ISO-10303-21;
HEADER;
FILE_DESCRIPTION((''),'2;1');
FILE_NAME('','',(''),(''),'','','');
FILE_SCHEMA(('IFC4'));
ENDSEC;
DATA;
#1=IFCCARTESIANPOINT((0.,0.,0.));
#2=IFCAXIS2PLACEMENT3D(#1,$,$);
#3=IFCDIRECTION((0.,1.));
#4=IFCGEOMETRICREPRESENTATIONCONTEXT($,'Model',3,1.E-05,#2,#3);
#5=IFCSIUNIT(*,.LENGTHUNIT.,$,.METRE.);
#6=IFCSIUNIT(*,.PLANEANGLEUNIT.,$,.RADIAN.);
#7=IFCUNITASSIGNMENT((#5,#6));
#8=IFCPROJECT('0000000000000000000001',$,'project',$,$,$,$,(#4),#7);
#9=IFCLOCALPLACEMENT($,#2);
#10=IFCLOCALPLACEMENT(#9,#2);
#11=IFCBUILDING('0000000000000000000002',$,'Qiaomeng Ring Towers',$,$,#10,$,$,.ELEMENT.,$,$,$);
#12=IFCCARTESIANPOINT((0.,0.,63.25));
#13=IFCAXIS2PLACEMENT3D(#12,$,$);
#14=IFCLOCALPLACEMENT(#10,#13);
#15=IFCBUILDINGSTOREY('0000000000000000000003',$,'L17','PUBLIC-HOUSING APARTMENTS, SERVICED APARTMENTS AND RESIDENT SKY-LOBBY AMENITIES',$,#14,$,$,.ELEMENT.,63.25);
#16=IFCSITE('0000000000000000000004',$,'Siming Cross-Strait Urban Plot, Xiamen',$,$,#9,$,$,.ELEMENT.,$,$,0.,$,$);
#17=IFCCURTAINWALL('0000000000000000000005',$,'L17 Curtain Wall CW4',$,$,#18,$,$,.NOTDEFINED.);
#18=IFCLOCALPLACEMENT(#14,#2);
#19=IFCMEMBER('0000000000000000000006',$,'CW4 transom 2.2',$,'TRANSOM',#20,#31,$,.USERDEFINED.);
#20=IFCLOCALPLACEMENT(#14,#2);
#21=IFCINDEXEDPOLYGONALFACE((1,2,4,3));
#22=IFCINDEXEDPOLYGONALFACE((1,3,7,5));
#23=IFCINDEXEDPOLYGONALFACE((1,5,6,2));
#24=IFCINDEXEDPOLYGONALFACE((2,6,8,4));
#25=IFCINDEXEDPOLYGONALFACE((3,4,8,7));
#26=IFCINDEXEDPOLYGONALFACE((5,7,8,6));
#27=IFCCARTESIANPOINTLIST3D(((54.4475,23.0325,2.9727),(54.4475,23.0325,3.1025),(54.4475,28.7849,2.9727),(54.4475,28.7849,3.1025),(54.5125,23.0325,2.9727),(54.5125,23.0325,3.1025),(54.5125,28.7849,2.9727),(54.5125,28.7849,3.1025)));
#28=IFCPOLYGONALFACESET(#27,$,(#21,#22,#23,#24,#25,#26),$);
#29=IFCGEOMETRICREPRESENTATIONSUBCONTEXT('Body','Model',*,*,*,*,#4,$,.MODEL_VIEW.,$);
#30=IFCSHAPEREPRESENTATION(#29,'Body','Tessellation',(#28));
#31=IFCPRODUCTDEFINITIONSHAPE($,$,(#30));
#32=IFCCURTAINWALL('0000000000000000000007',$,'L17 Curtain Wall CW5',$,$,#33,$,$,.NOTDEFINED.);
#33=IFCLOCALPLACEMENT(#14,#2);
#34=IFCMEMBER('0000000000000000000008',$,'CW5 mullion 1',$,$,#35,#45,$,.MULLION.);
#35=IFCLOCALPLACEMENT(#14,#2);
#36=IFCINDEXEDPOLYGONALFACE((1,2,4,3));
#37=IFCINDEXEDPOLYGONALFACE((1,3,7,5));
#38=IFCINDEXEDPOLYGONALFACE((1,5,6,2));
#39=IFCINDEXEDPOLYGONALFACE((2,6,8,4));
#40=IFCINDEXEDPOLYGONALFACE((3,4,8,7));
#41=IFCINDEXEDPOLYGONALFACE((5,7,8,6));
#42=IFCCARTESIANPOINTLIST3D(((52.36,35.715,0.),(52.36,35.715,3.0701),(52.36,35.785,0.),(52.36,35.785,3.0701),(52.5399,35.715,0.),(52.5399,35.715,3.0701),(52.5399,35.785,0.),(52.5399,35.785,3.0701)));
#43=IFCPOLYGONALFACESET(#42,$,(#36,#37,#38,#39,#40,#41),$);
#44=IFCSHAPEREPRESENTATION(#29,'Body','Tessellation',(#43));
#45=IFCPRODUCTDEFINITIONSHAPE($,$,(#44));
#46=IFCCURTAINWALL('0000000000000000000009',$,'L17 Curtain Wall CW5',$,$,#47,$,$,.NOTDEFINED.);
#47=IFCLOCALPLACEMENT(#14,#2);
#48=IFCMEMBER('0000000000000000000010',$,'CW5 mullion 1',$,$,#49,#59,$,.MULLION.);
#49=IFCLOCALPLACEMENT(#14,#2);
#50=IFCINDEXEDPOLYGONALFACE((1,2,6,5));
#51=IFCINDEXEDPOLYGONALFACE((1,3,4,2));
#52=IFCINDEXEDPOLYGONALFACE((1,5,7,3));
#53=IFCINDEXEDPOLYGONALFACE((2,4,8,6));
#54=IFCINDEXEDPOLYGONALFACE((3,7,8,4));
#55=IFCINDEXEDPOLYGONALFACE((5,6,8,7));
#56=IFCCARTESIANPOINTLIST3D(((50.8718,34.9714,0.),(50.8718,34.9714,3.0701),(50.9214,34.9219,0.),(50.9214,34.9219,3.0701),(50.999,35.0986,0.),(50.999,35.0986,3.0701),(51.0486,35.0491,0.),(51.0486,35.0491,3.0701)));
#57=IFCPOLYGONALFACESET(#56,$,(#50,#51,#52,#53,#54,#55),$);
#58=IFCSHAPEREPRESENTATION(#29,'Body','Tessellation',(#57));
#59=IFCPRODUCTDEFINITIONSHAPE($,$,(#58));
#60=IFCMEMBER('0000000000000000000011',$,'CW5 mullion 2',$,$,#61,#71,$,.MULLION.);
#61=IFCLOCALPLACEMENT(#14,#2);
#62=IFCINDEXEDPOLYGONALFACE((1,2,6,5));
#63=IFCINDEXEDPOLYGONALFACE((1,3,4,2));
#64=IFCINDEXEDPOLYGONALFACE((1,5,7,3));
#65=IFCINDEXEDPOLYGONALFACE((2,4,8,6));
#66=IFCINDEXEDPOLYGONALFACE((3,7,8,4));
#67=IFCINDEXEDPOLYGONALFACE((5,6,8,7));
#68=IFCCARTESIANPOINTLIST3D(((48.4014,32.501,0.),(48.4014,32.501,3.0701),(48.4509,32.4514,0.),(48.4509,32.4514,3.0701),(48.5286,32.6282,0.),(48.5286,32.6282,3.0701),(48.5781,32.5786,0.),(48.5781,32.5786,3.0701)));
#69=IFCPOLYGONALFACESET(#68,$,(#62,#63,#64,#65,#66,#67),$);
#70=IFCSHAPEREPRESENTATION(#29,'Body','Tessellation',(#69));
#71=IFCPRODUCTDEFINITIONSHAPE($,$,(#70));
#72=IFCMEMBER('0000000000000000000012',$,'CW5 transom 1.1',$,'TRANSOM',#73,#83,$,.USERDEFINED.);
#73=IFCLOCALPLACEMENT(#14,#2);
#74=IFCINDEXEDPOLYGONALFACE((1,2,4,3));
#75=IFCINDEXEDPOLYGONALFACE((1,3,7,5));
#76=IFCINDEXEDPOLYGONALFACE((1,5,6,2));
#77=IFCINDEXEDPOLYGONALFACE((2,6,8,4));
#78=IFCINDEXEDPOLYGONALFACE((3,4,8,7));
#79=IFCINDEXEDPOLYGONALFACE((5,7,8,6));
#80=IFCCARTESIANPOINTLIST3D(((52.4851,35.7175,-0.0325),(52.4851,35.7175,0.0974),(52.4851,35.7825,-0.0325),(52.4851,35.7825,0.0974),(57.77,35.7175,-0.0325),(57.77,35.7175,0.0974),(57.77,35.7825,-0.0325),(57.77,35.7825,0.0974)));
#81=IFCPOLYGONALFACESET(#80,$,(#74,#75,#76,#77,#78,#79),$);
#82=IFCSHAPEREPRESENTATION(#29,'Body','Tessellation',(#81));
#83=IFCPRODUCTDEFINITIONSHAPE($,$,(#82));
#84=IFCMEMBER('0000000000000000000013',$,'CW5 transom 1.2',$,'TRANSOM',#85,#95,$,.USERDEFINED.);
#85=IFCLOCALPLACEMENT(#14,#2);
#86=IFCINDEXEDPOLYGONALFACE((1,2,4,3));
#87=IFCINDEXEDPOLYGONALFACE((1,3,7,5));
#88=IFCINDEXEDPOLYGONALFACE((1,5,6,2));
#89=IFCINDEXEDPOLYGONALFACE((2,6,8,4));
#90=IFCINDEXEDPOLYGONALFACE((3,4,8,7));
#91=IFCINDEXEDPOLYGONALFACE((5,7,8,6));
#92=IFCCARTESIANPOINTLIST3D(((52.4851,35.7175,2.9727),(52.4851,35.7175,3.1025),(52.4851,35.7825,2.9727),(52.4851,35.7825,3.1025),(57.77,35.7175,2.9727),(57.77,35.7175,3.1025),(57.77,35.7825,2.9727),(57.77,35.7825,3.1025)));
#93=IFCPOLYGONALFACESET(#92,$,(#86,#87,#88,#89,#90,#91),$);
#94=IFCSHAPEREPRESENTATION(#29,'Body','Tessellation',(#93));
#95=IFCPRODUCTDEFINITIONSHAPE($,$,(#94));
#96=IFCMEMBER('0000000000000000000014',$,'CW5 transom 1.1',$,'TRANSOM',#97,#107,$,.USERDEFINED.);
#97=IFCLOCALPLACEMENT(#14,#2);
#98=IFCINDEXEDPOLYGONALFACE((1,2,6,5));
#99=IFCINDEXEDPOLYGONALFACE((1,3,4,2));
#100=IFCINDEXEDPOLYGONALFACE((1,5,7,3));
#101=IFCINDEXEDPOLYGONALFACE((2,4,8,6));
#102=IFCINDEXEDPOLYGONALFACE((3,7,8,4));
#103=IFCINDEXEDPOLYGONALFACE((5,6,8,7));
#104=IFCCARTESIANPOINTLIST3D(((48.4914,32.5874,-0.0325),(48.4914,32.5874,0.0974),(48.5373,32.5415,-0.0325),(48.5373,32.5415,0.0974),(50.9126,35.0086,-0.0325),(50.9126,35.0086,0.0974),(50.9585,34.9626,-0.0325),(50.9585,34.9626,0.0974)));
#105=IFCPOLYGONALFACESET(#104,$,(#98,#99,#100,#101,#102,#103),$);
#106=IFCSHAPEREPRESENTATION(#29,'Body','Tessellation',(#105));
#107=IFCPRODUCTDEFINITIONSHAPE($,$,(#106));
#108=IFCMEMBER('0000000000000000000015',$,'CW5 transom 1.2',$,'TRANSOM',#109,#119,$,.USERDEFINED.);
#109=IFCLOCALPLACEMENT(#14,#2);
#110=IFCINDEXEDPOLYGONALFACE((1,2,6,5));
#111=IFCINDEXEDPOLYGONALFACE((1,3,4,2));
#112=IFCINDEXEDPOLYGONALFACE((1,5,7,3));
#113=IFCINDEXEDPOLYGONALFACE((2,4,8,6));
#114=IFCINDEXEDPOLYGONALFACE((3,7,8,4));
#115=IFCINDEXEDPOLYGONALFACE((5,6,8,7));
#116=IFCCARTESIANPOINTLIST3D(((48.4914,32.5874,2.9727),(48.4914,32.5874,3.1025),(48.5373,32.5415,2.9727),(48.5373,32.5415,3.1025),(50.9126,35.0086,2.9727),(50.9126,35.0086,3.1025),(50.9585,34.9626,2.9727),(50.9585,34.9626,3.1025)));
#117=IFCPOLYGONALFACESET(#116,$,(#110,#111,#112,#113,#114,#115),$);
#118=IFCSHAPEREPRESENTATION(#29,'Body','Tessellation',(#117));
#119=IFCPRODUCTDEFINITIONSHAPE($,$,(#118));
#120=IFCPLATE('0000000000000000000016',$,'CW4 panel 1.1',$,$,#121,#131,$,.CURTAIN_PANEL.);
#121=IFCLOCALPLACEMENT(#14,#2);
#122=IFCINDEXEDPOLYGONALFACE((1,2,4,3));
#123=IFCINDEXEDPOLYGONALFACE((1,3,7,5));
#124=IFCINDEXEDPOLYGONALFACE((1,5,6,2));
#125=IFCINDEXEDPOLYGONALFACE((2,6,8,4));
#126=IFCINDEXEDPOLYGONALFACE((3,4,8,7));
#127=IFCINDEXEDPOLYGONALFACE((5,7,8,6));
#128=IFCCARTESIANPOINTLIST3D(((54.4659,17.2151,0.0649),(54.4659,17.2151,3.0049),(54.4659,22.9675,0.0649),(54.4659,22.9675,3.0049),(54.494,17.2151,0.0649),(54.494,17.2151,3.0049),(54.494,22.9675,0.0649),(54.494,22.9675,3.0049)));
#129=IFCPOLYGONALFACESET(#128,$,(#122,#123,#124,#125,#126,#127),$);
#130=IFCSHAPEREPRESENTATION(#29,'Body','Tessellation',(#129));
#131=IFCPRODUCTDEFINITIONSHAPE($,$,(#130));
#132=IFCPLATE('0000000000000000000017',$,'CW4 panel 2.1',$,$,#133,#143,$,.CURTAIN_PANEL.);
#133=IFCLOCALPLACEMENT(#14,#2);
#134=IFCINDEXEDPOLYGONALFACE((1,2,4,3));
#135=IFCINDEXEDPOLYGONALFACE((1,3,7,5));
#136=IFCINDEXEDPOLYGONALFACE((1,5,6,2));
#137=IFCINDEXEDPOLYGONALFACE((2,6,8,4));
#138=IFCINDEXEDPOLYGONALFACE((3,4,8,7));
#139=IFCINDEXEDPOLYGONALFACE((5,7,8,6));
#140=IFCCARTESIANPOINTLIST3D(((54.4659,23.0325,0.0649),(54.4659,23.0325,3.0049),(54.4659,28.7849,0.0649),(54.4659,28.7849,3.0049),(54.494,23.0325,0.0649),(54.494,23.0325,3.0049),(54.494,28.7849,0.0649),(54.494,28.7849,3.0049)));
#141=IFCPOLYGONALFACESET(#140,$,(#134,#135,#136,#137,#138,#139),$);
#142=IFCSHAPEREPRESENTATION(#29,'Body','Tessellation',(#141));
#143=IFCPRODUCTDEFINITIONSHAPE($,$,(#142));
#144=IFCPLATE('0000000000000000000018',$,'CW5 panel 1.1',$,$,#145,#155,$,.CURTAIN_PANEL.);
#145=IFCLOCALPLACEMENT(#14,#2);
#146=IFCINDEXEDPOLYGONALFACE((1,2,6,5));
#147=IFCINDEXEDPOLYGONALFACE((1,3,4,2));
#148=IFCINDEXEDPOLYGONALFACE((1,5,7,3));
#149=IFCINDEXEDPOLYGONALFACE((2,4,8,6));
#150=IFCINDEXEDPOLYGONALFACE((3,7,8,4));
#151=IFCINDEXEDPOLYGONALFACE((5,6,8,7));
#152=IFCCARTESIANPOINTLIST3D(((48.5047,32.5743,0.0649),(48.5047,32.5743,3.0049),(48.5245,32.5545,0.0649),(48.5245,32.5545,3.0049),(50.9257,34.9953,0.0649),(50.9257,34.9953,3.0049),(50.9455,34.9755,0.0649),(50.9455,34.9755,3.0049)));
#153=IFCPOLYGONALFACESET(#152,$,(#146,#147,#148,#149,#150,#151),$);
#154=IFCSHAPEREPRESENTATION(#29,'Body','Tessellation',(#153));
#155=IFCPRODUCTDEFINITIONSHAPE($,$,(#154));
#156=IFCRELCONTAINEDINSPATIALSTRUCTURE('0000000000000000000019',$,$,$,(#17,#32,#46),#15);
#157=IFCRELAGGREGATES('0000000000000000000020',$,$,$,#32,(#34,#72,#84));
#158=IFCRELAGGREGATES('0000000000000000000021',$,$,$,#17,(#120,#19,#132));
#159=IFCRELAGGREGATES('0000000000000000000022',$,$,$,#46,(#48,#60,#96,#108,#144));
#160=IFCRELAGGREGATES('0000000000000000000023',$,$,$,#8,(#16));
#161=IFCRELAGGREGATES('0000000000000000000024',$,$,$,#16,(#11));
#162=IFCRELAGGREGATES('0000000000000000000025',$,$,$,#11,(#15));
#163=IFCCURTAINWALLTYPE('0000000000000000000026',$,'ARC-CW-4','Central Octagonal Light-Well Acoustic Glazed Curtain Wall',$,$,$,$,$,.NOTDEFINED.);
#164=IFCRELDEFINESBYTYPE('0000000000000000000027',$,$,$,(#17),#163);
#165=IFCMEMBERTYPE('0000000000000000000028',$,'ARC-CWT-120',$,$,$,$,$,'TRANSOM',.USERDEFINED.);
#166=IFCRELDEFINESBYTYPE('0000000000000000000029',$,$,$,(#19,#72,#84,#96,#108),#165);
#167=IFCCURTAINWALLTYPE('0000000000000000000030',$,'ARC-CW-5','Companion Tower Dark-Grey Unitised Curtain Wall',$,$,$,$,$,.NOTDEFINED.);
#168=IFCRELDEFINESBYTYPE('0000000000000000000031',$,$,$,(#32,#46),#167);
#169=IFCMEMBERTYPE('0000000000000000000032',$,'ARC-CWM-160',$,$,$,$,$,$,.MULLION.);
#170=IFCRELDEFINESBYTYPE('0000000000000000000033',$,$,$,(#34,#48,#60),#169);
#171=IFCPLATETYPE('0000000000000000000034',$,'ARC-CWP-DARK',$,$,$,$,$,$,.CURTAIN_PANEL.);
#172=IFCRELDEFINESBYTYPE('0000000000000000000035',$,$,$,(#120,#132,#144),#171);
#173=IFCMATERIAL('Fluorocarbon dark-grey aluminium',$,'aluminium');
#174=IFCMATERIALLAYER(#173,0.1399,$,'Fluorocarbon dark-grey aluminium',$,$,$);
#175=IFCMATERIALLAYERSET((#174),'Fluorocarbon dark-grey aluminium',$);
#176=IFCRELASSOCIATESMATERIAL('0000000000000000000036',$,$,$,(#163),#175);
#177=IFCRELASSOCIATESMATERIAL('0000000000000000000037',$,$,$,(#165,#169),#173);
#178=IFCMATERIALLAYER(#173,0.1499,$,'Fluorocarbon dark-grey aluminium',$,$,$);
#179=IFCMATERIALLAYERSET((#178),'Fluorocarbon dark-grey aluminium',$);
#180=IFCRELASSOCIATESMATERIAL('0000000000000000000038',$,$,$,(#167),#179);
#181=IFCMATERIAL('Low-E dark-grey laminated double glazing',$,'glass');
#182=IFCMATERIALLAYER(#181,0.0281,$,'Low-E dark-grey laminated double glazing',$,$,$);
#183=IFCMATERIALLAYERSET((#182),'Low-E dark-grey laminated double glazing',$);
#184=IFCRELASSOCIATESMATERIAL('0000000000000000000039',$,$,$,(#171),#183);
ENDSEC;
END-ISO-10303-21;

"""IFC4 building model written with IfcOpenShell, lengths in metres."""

from ifc_helpers import new_model, si_unit, direction, frame, origin, origin_2d, place, context, subcontext, project, spatial, rectangle, extrude, source, transform, mapped, material, layer, layer_set, material_profile, profile_set, type_object, element, aggregate, save


model = new_model("IFC4")

# Units and contexts
model_context = context("Model", 3, precision=1e-05, world=origin(), true_north=direction((0.0, 1.0)))
body_context = subcontext(model_context, "Body", "Model", "MODEL_VIEW")
ifc_project = project(units=[si_unit("LENGTHUNIT", "METRE"), si_unit("PLANEANGLEUNIT", "RADIAN")], contexts=[model_context])

# Site, building, storey
site_placement = place(None, origin())
site = spatial("IfcSite", under=ifc_project, at=site_placement, Name="Siming Cross-Strait Urban Plot, Xiamen", CompositionType="ELEMENT", RefElevation=0.0)
building_placement = place(site_placement, origin())
building = spatial("IfcBuilding", under=site, at=building_placement, Name="Qiaomeng Ring Towers", CompositionType="ELEMENT")
storey_placement = place(building_placement, frame((0.0, 0.0, 63.25)))
storey = spatial("IfcBuildingStorey", under=building, at=storey_placement, Name="L17", Description="PUBLIC-HOUSING APARTMENTS, SERVICED APARTMENTS AND RESIDENT SKY-LOBBY AMENITIES", CompositionType="ELEMENT", Elevation=63.25)

# Curtain wall, member
ifc_material_1 = material(Name="Fluorocarbon dark-grey aluminium", Category="aluminium")
ifc_layer_1 = layer(ifc_material_1, 0.1399, Name="Fluorocarbon dark-grey aluminium")
ifc_layer_set_1 = layer_set([ifc_layer_1], Name="Fluorocarbon dark-grey aluminium")
curtain_wall_type_1 = type_object("IfcCurtainWallType", Name="ARC-CW-4", Description="Central Octagonal Light-Well Acoustic Glazed Curtain Wall", PredefinedType="NOTDEFINED", material=ifc_layer_set_1)
curtain_wall_1_placement = place(storey_placement, origin())
curtain_wall_1 = element("IfcCurtainWall", 1, at=curtain_wall_1_placement, inside=storey, type_object=curtain_wall_type_1, Name="L17 Curtain Wall CW4", PredefinedType="NOTDEFINED")
ifc_material_profile_1 = material_profile(ifc_material_1, rectangle(XDim=0.0649, YDim=0.1299, at=origin_2d()), Name="ALU TRAN 65x130")
ifc_profile_set_1 = profile_set([ifc_material_profile_1], Name="Fluorocarbon dark-grey aluminium")
member_type_1 = type_object("IfcMemberType", Name="ARC-CWT-120", ElementType="TRANSOM", PredefinedType="USERDEFINED", material=ifc_profile_set_1)
shared_shape_1 = source(origin(), body_context, "Body", "SweptSolid", [
    extrude(rectangle(XDim=0.0649, YDim=0.1299, at=origin_2d()), origin(), (0.0, 0.0, 1.0), 5.7524),
])
member_1_placement = place(storey_placement, frame((54.48, 23.0325, 3.0376), z_axis=(0.0, 1.0, 0.0), x_axis=(-1.0, 0.0, 0.0)))
member_1 = element("IfcMember", 2, at=member_1_placement, type_object=member_type_1, Name="CW4 transom 2.2", ObjectType="TRANSOM", PredefinedType="USERDEFINED", context=body_context, shape_type="MappedRepresentation", body=[
    mapped(shared_shape_1, transform((0.0, 0.0, 0.0), x_axis=(1.0, 0.0, 0.0), y_axis=(0.0, 1.0, 0.0), z_axis=(0.0, 0.0, 1.0), scale=1.0)),
])

# Curtain wall, member
ifc_layer_2 = layer(ifc_material_1, 0.1499, Name="Fluorocarbon dark-grey aluminium")
ifc_layer_set_2 = layer_set([ifc_layer_2], Name="Fluorocarbon dark-grey aluminium")
curtain_wall_type_2 = type_object("IfcCurtainWallType", Name="ARC-CW-5", Description="Companion Tower Dark-Grey Unitised Curtain Wall", PredefinedType="NOTDEFINED", material=ifc_layer_set_2)
curtain_wall_2_placement = place(storey_placement, origin())
curtain_wall_2 = element("IfcCurtainWall", 3, at=curtain_wall_2_placement, inside=storey, type_object=curtain_wall_type_2, Name="L17 Curtain Wall CW5", PredefinedType="NOTDEFINED")
ifc_material_profile_2 = material_profile(ifc_material_1, rectangle(XDim=0.0701, YDim=0.1799, at=origin_2d()), Name="ALU MULL 70x180")
ifc_profile_set_2 = profile_set([ifc_material_profile_2], Name="Fluorocarbon dark-grey aluminium")
member_type_2 = type_object("IfcMemberType", Name="ARC-CWM-160", PredefinedType="MULLION", material=ifc_profile_set_2)
shared_shape_2 = source(origin(), body_context, "Body", "SweptSolid", [
    extrude(rectangle(XDim=0.0701, YDim=0.1799, at=origin_2d()), origin(), (0.0, 0.0, 1.0), 3.0701),
])
member_2_placement = place(storey_placement, frame((52.45, 35.75, 0.0), z_axis=(0.0, 0.0, 1.0), x_axis=(0.0, 1.0, 0.0)))
member_2 = element("IfcMember", 4, at=member_2_placement, type_object=member_type_2, Name="CW5 mullion 1", PredefinedType="MULLION", context=body_context, shape_type="MappedRepresentation", body=[
    mapped(shared_shape_2, transform((0.0, 0.0, 0.0), x_axis=(1.0, 0.0, 0.0), y_axis=(0.0, 1.0, 0.0), z_axis=(0.0, 0.0, 1.0), scale=1.0)),
])

# Curtain wall, members
curtain_wall_3_placement = place(storey_placement, origin())
curtain_wall_3 = element("IfcCurtainWall", 5, at=curtain_wall_3_placement, inside=storey, type_object=curtain_wall_type_2, Name="L17 Curtain Wall CW5", PredefinedType="NOTDEFINED")
member_3_placement = place(storey_placement, frame((50.9602, 35.0103, 0.0), z_axis=(0.0, 0.0, 1.0), x_axis=(0.707107, -0.707107, 0.0)))
member_3 = element("IfcMember", 6, at=member_3_placement, type_object=member_type_2, Name="CW5 mullion 1", PredefinedType="MULLION", context=body_context, shape_type="MappedRepresentation", body=[
    mapped(shared_shape_2, transform((0.0, 0.0, 0.0), x_axis=(1.0, 0.0, 0.0), y_axis=(0.0, 1.0, 0.0), z_axis=(0.0, 0.0, 1.0), scale=1.0)),
])
member_4_placement = place(storey_placement, frame((48.4897, 32.5398, 0.0), z_axis=(0.0, 0.0, 1.0), x_axis=(0.707107, -0.707107, 0.0)))
member_4 = element("IfcMember", 7, at=member_4_placement, type_object=member_type_2, Name="CW5 mullion 2", PredefinedType="MULLION", context=body_context, shape_type="MappedRepresentation", body=[
    mapped(shared_shape_2, transform((0.0, 0.0, 0.0), x_axis=(1.0, 0.0, 0.0), y_axis=(0.0, 1.0, 0.0), z_axis=(0.0, 0.0, 1.0), scale=1.0)),
])

# Members
shared_shape_3 = source(origin(), body_context, "Body", "SweptSolid", [
    extrude(rectangle(XDim=0.0649, YDim=0.1299, at=origin_2d()), origin(), (0.0, 0.0, 1.0), 5.2849),
])
member_5_placement = place(storey_placement, frame((52.4851, 35.75, 0.0325), z_axis=(1.0, 0.0, 0.0), x_axis=(0.0, 1.0, 0.0)))
member_5 = element("IfcMember", 8, at=member_5_placement, type_object=member_type_1, Name="CW5 transom 1.1", ObjectType="TRANSOM", PredefinedType="USERDEFINED", context=body_context, shape_type="MappedRepresentation", body=[
    mapped(shared_shape_3, transform((0.0, 0.0, 0.0), x_axis=(1.0, 0.0, 0.0), y_axis=(0.0, 1.0, 0.0), z_axis=(0.0, 0.0, 1.0), scale=1.0)),
])
member_6_placement = place(storey_placement, frame((52.4851, 35.75, 3.0376), z_axis=(1.0, 0.0, 0.0), x_axis=(0.0, 1.0, 0.0)))
member_6 = element("IfcMember", 9, at=member_6_placement, type_object=member_type_1, Name="CW5 transom 1.2", ObjectType="TRANSOM", PredefinedType="USERDEFINED", context=body_context, shape_type="MappedRepresentation", body=[
    mapped(shared_shape_3, transform((0.0, 0.0, 0.0), x_axis=(1.0, 0.0, 0.0), y_axis=(0.0, 1.0, 0.0), z_axis=(0.0, 0.0, 1.0), scale=1.0)),
])
aggregate(curtain_wall_2, [member_2, member_5, member_6])
shared_shape_4 = source(origin(), body_context, "Body", "SweptSolid", [
    extrude(rectangle(XDim=0.0649, YDim=0.1299, at=origin_2d()), origin(), (0.0, 0.0, 1.0), 3.4241),
])
member_7_placement = place(storey_placement, frame((50.9355, 34.9856, 0.0325), z_axis=(-0.707107, -0.707107, 0.0), x_axis=(0.707107, -0.707107, 0.0)))
member_7 = element("IfcMember", 10, at=member_7_placement, type_object=member_type_1, Name="CW5 transom 1.1", ObjectType="TRANSOM", PredefinedType="USERDEFINED", context=body_context, shape_type="MappedRepresentation", body=[
    mapped(shared_shape_4, transform((0.0, 0.0, 0.0), x_axis=(1.0, 0.0, 0.0), y_axis=(0.0, 1.0, 0.0), z_axis=(0.0, 0.0, 1.0), scale=1.0)),
])
member_8_placement = place(storey_placement, frame((50.9355, 34.9856, 3.0376), z_axis=(-0.707107, -0.707107, 0.0), x_axis=(0.707107, -0.707107, 0.0)))
member_8 = element("IfcMember", 11, at=member_8_placement, type_object=member_type_1, Name="CW5 transom 1.2", ObjectType="TRANSOM", PredefinedType="USERDEFINED", context=body_context, shape_type="MappedRepresentation", body=[
    mapped(shared_shape_4, transform((0.0, 0.0, 0.0), x_axis=(1.0, 0.0, 0.0), y_axis=(0.0, 1.0, 0.0), z_axis=(0.0, 0.0, 1.0), scale=1.0)),
])

# Plates
ifc_material_2 = material(Name="Low-E dark-grey laminated double glazing", Category="glass")
ifc_layer_3 = layer(ifc_material_2, 0.0281, Name="Low-E dark-grey laminated double glazing")
ifc_layer_set_3 = layer_set([ifc_layer_3], Name="Low-E dark-grey laminated double glazing")
plate_type = type_object("IfcPlateType", Name="ARC-CWP-DARK", PredefinedType="CURTAIN_PANEL", material=ifc_layer_set_3)
shared_shape_5 = source(origin(), body_context, "Body", "SweptSolid", [
    extrude(rectangle(XDim=5.7524, YDim=0.0281, at=origin_2d()), origin(), (0.0, 0.0, 1.0), 2.9399),
])
plate_1_placement = place(storey_placement, frame((54.48, 20.0913, 0.0649), z_axis=(0.0, 0.0, 1.0), x_axis=(0.0, 1.0, 0.0)))
plate_1 = element("IfcPlate", 12, at=plate_1_placement, type_object=plate_type, Name="CW4 panel 1.1", PredefinedType="CURTAIN_PANEL", context=body_context, shape_type="MappedRepresentation", body=[
    mapped(shared_shape_5, transform((0.0, 0.0, 0.0), x_axis=(1.0, 0.0, 0.0), y_axis=(0.0, 1.0, 0.0), z_axis=(0.0, 0.0, 1.0), scale=1.0)),
])
plate_2_placement = place(storey_placement, frame((54.48, 25.9087, 0.0649), z_axis=(0.0, 0.0, 1.0), x_axis=(0.0, 1.0, 0.0)))
plate_2 = element("IfcPlate", 13, at=plate_2_placement, type_object=plate_type, Name="CW4 panel 2.1", PredefinedType="CURTAIN_PANEL", context=body_context, shape_type="MappedRepresentation", body=[
    mapped(shared_shape_5, transform((0.0, 0.0, 0.0), x_axis=(1.0, 0.0, 0.0), y_axis=(0.0, 1.0, 0.0), z_axis=(0.0, 0.0, 1.0), scale=1.0)),
])
aggregate(curtain_wall_1, [plate_1, member_1, plate_2])
shared_shape_6 = source(origin(), body_context, "Body", "SweptSolid", [
    extrude(rectangle(XDim=3.4238, YDim=0.0281, at=origin_2d()), origin(), (0.0, 0.0, 1.0), 2.9399),
])
plate_3_placement = place(storey_placement, frame((49.7251, 33.7749, 0.0649), z_axis=(0.0, 0.0, 1.0), x_axis=(-0.707107, -0.707107, 0.0)))
plate_3 = element("IfcPlate", 14, at=plate_3_placement, type_object=plate_type, Name="CW5 panel 1.1", PredefinedType="CURTAIN_PANEL", context=body_context, shape_type="MappedRepresentation", body=[
    mapped(shared_shape_6, transform((0.0, 0.0, 0.0), x_axis=(1.0, 0.0, 0.0), y_axis=(0.0, 1.0, 0.0), z_axis=(0.0, 0.0, 1.0), scale=1.0)),
])
aggregate(curtain_wall_3, [member_3, member_4, member_7, member_8, plate_3])

save(model, "model.ifc")
